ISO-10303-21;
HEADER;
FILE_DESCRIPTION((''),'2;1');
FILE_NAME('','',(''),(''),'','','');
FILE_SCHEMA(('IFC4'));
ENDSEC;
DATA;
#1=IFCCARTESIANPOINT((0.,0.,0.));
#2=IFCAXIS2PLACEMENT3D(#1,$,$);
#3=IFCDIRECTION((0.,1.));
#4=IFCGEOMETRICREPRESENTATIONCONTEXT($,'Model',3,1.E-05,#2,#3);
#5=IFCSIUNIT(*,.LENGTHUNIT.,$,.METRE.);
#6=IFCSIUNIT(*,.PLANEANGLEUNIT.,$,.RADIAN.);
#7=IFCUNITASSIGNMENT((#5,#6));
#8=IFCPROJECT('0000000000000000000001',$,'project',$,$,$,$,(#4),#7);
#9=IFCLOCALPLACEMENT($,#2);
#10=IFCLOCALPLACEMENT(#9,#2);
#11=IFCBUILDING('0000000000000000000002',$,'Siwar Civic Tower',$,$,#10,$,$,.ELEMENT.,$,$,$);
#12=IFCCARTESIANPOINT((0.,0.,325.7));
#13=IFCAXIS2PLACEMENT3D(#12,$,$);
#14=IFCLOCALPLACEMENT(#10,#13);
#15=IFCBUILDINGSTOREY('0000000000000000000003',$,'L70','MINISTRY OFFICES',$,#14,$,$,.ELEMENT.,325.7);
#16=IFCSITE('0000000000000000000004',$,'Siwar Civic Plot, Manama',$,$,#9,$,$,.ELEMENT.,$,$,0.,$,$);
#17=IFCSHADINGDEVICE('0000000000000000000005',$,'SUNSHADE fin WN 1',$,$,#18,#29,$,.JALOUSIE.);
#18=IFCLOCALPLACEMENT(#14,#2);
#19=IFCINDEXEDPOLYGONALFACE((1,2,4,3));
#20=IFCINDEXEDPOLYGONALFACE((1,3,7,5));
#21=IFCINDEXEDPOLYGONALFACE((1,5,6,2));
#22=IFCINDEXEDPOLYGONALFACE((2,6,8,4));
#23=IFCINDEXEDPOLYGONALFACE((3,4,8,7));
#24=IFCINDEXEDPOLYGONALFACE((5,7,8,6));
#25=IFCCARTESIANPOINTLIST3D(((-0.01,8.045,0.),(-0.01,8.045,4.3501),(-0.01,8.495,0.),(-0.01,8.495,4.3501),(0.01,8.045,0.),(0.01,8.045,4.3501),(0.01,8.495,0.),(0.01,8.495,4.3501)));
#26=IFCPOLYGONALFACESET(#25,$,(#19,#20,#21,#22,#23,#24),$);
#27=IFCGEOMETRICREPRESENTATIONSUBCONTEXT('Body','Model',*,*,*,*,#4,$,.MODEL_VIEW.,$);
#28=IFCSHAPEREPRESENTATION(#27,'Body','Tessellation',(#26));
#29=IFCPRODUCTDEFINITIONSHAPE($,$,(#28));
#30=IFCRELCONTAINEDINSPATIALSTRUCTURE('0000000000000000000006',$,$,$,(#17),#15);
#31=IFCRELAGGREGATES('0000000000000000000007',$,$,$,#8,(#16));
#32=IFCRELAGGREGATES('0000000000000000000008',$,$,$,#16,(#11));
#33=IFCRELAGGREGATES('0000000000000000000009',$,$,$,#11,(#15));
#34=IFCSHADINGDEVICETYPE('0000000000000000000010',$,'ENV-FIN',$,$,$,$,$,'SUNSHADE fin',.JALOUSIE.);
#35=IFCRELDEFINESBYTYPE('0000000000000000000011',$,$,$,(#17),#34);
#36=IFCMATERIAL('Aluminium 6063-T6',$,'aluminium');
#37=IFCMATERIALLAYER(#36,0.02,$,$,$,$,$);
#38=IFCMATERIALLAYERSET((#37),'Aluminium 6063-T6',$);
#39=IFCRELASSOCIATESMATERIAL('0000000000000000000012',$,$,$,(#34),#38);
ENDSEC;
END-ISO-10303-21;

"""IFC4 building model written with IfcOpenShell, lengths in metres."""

from ifc_helpers import new_model, si_unit, direction, frame, origin, origin_2d, place, context, subcontext, project, spatial, rectangle, extrude, material, layer, layer_set, type_object, element, save


model = new_model("IFC4")

# Units and contexts
model_context = context("Model", 3, precision=1e-05, world=origin(), true_north=direction((0.0, 1.0)))
body_context = subcontext(model_context, "Body", "Model", "MODEL_VIEW")
ifc_project = project(units=[si_unit("LENGTHUNIT", "METRE"), si_unit("PLANEANGLEUNIT", "RADIAN")], contexts=[model_context])

# Site, building, storey
site_placement = place(None, origin())
site = spatial("IfcSite", under=ifc_project, at=site_placement, Name="Siwar Civic Plot, Manama", CompositionType="ELEMENT", RefElevation=0.0)
building_placement = place(site_placement, origin())
building = spatial("IfcBuilding", under=site, at=building_placement, Name="Siwar Civic Tower", CompositionType="ELEMENT")
storey_placement = place(building_placement, frame((0.0, 0.0, 325.7)))
storey = spatial("IfcBuildingStorey", under=building, at=storey_placement, Name="L70", Description="MINISTRY OFFICES", CompositionType="ELEMENT", Elevation=325.7)

# Shading device
ifc_material_1 = material(Name="Aluminium 6063-T6", Category="aluminium")
ifc_layer_1 = layer(ifc_material_1, 0.02)
ifc_layer_set_1 = layer_set([ifc_layer_1], Name="Aluminium 6063-T6")
shading_device_type = type_object("IfcShadingDeviceType", Name="ENV-FIN", ElementType="SUNSHADE fin", PredefinedType="JALOUSIE", material=ifc_layer_set_1)
shading_device_placement = place(storey_placement, frame((0.0, 8.27, 0.0), z_axis=(0.0, 0.0, 1.0), x_axis=(-1.0, 0.0, 0.0)))
element("IfcShadingDevice", 1, at=shading_device_placement, inside=storey, type_object=shading_device_type, Name="SUNSHADE fin WN 1", PredefinedType="JALOUSIE", context=body_context, shape_type="SweptSolid", body=[
    extrude(rectangle(XDim=0.02, YDim=0.45, at=origin_2d()), origin(), (0.0, 0.0, 1.0), 4.3501),
])

save(model, "model.ifc")
